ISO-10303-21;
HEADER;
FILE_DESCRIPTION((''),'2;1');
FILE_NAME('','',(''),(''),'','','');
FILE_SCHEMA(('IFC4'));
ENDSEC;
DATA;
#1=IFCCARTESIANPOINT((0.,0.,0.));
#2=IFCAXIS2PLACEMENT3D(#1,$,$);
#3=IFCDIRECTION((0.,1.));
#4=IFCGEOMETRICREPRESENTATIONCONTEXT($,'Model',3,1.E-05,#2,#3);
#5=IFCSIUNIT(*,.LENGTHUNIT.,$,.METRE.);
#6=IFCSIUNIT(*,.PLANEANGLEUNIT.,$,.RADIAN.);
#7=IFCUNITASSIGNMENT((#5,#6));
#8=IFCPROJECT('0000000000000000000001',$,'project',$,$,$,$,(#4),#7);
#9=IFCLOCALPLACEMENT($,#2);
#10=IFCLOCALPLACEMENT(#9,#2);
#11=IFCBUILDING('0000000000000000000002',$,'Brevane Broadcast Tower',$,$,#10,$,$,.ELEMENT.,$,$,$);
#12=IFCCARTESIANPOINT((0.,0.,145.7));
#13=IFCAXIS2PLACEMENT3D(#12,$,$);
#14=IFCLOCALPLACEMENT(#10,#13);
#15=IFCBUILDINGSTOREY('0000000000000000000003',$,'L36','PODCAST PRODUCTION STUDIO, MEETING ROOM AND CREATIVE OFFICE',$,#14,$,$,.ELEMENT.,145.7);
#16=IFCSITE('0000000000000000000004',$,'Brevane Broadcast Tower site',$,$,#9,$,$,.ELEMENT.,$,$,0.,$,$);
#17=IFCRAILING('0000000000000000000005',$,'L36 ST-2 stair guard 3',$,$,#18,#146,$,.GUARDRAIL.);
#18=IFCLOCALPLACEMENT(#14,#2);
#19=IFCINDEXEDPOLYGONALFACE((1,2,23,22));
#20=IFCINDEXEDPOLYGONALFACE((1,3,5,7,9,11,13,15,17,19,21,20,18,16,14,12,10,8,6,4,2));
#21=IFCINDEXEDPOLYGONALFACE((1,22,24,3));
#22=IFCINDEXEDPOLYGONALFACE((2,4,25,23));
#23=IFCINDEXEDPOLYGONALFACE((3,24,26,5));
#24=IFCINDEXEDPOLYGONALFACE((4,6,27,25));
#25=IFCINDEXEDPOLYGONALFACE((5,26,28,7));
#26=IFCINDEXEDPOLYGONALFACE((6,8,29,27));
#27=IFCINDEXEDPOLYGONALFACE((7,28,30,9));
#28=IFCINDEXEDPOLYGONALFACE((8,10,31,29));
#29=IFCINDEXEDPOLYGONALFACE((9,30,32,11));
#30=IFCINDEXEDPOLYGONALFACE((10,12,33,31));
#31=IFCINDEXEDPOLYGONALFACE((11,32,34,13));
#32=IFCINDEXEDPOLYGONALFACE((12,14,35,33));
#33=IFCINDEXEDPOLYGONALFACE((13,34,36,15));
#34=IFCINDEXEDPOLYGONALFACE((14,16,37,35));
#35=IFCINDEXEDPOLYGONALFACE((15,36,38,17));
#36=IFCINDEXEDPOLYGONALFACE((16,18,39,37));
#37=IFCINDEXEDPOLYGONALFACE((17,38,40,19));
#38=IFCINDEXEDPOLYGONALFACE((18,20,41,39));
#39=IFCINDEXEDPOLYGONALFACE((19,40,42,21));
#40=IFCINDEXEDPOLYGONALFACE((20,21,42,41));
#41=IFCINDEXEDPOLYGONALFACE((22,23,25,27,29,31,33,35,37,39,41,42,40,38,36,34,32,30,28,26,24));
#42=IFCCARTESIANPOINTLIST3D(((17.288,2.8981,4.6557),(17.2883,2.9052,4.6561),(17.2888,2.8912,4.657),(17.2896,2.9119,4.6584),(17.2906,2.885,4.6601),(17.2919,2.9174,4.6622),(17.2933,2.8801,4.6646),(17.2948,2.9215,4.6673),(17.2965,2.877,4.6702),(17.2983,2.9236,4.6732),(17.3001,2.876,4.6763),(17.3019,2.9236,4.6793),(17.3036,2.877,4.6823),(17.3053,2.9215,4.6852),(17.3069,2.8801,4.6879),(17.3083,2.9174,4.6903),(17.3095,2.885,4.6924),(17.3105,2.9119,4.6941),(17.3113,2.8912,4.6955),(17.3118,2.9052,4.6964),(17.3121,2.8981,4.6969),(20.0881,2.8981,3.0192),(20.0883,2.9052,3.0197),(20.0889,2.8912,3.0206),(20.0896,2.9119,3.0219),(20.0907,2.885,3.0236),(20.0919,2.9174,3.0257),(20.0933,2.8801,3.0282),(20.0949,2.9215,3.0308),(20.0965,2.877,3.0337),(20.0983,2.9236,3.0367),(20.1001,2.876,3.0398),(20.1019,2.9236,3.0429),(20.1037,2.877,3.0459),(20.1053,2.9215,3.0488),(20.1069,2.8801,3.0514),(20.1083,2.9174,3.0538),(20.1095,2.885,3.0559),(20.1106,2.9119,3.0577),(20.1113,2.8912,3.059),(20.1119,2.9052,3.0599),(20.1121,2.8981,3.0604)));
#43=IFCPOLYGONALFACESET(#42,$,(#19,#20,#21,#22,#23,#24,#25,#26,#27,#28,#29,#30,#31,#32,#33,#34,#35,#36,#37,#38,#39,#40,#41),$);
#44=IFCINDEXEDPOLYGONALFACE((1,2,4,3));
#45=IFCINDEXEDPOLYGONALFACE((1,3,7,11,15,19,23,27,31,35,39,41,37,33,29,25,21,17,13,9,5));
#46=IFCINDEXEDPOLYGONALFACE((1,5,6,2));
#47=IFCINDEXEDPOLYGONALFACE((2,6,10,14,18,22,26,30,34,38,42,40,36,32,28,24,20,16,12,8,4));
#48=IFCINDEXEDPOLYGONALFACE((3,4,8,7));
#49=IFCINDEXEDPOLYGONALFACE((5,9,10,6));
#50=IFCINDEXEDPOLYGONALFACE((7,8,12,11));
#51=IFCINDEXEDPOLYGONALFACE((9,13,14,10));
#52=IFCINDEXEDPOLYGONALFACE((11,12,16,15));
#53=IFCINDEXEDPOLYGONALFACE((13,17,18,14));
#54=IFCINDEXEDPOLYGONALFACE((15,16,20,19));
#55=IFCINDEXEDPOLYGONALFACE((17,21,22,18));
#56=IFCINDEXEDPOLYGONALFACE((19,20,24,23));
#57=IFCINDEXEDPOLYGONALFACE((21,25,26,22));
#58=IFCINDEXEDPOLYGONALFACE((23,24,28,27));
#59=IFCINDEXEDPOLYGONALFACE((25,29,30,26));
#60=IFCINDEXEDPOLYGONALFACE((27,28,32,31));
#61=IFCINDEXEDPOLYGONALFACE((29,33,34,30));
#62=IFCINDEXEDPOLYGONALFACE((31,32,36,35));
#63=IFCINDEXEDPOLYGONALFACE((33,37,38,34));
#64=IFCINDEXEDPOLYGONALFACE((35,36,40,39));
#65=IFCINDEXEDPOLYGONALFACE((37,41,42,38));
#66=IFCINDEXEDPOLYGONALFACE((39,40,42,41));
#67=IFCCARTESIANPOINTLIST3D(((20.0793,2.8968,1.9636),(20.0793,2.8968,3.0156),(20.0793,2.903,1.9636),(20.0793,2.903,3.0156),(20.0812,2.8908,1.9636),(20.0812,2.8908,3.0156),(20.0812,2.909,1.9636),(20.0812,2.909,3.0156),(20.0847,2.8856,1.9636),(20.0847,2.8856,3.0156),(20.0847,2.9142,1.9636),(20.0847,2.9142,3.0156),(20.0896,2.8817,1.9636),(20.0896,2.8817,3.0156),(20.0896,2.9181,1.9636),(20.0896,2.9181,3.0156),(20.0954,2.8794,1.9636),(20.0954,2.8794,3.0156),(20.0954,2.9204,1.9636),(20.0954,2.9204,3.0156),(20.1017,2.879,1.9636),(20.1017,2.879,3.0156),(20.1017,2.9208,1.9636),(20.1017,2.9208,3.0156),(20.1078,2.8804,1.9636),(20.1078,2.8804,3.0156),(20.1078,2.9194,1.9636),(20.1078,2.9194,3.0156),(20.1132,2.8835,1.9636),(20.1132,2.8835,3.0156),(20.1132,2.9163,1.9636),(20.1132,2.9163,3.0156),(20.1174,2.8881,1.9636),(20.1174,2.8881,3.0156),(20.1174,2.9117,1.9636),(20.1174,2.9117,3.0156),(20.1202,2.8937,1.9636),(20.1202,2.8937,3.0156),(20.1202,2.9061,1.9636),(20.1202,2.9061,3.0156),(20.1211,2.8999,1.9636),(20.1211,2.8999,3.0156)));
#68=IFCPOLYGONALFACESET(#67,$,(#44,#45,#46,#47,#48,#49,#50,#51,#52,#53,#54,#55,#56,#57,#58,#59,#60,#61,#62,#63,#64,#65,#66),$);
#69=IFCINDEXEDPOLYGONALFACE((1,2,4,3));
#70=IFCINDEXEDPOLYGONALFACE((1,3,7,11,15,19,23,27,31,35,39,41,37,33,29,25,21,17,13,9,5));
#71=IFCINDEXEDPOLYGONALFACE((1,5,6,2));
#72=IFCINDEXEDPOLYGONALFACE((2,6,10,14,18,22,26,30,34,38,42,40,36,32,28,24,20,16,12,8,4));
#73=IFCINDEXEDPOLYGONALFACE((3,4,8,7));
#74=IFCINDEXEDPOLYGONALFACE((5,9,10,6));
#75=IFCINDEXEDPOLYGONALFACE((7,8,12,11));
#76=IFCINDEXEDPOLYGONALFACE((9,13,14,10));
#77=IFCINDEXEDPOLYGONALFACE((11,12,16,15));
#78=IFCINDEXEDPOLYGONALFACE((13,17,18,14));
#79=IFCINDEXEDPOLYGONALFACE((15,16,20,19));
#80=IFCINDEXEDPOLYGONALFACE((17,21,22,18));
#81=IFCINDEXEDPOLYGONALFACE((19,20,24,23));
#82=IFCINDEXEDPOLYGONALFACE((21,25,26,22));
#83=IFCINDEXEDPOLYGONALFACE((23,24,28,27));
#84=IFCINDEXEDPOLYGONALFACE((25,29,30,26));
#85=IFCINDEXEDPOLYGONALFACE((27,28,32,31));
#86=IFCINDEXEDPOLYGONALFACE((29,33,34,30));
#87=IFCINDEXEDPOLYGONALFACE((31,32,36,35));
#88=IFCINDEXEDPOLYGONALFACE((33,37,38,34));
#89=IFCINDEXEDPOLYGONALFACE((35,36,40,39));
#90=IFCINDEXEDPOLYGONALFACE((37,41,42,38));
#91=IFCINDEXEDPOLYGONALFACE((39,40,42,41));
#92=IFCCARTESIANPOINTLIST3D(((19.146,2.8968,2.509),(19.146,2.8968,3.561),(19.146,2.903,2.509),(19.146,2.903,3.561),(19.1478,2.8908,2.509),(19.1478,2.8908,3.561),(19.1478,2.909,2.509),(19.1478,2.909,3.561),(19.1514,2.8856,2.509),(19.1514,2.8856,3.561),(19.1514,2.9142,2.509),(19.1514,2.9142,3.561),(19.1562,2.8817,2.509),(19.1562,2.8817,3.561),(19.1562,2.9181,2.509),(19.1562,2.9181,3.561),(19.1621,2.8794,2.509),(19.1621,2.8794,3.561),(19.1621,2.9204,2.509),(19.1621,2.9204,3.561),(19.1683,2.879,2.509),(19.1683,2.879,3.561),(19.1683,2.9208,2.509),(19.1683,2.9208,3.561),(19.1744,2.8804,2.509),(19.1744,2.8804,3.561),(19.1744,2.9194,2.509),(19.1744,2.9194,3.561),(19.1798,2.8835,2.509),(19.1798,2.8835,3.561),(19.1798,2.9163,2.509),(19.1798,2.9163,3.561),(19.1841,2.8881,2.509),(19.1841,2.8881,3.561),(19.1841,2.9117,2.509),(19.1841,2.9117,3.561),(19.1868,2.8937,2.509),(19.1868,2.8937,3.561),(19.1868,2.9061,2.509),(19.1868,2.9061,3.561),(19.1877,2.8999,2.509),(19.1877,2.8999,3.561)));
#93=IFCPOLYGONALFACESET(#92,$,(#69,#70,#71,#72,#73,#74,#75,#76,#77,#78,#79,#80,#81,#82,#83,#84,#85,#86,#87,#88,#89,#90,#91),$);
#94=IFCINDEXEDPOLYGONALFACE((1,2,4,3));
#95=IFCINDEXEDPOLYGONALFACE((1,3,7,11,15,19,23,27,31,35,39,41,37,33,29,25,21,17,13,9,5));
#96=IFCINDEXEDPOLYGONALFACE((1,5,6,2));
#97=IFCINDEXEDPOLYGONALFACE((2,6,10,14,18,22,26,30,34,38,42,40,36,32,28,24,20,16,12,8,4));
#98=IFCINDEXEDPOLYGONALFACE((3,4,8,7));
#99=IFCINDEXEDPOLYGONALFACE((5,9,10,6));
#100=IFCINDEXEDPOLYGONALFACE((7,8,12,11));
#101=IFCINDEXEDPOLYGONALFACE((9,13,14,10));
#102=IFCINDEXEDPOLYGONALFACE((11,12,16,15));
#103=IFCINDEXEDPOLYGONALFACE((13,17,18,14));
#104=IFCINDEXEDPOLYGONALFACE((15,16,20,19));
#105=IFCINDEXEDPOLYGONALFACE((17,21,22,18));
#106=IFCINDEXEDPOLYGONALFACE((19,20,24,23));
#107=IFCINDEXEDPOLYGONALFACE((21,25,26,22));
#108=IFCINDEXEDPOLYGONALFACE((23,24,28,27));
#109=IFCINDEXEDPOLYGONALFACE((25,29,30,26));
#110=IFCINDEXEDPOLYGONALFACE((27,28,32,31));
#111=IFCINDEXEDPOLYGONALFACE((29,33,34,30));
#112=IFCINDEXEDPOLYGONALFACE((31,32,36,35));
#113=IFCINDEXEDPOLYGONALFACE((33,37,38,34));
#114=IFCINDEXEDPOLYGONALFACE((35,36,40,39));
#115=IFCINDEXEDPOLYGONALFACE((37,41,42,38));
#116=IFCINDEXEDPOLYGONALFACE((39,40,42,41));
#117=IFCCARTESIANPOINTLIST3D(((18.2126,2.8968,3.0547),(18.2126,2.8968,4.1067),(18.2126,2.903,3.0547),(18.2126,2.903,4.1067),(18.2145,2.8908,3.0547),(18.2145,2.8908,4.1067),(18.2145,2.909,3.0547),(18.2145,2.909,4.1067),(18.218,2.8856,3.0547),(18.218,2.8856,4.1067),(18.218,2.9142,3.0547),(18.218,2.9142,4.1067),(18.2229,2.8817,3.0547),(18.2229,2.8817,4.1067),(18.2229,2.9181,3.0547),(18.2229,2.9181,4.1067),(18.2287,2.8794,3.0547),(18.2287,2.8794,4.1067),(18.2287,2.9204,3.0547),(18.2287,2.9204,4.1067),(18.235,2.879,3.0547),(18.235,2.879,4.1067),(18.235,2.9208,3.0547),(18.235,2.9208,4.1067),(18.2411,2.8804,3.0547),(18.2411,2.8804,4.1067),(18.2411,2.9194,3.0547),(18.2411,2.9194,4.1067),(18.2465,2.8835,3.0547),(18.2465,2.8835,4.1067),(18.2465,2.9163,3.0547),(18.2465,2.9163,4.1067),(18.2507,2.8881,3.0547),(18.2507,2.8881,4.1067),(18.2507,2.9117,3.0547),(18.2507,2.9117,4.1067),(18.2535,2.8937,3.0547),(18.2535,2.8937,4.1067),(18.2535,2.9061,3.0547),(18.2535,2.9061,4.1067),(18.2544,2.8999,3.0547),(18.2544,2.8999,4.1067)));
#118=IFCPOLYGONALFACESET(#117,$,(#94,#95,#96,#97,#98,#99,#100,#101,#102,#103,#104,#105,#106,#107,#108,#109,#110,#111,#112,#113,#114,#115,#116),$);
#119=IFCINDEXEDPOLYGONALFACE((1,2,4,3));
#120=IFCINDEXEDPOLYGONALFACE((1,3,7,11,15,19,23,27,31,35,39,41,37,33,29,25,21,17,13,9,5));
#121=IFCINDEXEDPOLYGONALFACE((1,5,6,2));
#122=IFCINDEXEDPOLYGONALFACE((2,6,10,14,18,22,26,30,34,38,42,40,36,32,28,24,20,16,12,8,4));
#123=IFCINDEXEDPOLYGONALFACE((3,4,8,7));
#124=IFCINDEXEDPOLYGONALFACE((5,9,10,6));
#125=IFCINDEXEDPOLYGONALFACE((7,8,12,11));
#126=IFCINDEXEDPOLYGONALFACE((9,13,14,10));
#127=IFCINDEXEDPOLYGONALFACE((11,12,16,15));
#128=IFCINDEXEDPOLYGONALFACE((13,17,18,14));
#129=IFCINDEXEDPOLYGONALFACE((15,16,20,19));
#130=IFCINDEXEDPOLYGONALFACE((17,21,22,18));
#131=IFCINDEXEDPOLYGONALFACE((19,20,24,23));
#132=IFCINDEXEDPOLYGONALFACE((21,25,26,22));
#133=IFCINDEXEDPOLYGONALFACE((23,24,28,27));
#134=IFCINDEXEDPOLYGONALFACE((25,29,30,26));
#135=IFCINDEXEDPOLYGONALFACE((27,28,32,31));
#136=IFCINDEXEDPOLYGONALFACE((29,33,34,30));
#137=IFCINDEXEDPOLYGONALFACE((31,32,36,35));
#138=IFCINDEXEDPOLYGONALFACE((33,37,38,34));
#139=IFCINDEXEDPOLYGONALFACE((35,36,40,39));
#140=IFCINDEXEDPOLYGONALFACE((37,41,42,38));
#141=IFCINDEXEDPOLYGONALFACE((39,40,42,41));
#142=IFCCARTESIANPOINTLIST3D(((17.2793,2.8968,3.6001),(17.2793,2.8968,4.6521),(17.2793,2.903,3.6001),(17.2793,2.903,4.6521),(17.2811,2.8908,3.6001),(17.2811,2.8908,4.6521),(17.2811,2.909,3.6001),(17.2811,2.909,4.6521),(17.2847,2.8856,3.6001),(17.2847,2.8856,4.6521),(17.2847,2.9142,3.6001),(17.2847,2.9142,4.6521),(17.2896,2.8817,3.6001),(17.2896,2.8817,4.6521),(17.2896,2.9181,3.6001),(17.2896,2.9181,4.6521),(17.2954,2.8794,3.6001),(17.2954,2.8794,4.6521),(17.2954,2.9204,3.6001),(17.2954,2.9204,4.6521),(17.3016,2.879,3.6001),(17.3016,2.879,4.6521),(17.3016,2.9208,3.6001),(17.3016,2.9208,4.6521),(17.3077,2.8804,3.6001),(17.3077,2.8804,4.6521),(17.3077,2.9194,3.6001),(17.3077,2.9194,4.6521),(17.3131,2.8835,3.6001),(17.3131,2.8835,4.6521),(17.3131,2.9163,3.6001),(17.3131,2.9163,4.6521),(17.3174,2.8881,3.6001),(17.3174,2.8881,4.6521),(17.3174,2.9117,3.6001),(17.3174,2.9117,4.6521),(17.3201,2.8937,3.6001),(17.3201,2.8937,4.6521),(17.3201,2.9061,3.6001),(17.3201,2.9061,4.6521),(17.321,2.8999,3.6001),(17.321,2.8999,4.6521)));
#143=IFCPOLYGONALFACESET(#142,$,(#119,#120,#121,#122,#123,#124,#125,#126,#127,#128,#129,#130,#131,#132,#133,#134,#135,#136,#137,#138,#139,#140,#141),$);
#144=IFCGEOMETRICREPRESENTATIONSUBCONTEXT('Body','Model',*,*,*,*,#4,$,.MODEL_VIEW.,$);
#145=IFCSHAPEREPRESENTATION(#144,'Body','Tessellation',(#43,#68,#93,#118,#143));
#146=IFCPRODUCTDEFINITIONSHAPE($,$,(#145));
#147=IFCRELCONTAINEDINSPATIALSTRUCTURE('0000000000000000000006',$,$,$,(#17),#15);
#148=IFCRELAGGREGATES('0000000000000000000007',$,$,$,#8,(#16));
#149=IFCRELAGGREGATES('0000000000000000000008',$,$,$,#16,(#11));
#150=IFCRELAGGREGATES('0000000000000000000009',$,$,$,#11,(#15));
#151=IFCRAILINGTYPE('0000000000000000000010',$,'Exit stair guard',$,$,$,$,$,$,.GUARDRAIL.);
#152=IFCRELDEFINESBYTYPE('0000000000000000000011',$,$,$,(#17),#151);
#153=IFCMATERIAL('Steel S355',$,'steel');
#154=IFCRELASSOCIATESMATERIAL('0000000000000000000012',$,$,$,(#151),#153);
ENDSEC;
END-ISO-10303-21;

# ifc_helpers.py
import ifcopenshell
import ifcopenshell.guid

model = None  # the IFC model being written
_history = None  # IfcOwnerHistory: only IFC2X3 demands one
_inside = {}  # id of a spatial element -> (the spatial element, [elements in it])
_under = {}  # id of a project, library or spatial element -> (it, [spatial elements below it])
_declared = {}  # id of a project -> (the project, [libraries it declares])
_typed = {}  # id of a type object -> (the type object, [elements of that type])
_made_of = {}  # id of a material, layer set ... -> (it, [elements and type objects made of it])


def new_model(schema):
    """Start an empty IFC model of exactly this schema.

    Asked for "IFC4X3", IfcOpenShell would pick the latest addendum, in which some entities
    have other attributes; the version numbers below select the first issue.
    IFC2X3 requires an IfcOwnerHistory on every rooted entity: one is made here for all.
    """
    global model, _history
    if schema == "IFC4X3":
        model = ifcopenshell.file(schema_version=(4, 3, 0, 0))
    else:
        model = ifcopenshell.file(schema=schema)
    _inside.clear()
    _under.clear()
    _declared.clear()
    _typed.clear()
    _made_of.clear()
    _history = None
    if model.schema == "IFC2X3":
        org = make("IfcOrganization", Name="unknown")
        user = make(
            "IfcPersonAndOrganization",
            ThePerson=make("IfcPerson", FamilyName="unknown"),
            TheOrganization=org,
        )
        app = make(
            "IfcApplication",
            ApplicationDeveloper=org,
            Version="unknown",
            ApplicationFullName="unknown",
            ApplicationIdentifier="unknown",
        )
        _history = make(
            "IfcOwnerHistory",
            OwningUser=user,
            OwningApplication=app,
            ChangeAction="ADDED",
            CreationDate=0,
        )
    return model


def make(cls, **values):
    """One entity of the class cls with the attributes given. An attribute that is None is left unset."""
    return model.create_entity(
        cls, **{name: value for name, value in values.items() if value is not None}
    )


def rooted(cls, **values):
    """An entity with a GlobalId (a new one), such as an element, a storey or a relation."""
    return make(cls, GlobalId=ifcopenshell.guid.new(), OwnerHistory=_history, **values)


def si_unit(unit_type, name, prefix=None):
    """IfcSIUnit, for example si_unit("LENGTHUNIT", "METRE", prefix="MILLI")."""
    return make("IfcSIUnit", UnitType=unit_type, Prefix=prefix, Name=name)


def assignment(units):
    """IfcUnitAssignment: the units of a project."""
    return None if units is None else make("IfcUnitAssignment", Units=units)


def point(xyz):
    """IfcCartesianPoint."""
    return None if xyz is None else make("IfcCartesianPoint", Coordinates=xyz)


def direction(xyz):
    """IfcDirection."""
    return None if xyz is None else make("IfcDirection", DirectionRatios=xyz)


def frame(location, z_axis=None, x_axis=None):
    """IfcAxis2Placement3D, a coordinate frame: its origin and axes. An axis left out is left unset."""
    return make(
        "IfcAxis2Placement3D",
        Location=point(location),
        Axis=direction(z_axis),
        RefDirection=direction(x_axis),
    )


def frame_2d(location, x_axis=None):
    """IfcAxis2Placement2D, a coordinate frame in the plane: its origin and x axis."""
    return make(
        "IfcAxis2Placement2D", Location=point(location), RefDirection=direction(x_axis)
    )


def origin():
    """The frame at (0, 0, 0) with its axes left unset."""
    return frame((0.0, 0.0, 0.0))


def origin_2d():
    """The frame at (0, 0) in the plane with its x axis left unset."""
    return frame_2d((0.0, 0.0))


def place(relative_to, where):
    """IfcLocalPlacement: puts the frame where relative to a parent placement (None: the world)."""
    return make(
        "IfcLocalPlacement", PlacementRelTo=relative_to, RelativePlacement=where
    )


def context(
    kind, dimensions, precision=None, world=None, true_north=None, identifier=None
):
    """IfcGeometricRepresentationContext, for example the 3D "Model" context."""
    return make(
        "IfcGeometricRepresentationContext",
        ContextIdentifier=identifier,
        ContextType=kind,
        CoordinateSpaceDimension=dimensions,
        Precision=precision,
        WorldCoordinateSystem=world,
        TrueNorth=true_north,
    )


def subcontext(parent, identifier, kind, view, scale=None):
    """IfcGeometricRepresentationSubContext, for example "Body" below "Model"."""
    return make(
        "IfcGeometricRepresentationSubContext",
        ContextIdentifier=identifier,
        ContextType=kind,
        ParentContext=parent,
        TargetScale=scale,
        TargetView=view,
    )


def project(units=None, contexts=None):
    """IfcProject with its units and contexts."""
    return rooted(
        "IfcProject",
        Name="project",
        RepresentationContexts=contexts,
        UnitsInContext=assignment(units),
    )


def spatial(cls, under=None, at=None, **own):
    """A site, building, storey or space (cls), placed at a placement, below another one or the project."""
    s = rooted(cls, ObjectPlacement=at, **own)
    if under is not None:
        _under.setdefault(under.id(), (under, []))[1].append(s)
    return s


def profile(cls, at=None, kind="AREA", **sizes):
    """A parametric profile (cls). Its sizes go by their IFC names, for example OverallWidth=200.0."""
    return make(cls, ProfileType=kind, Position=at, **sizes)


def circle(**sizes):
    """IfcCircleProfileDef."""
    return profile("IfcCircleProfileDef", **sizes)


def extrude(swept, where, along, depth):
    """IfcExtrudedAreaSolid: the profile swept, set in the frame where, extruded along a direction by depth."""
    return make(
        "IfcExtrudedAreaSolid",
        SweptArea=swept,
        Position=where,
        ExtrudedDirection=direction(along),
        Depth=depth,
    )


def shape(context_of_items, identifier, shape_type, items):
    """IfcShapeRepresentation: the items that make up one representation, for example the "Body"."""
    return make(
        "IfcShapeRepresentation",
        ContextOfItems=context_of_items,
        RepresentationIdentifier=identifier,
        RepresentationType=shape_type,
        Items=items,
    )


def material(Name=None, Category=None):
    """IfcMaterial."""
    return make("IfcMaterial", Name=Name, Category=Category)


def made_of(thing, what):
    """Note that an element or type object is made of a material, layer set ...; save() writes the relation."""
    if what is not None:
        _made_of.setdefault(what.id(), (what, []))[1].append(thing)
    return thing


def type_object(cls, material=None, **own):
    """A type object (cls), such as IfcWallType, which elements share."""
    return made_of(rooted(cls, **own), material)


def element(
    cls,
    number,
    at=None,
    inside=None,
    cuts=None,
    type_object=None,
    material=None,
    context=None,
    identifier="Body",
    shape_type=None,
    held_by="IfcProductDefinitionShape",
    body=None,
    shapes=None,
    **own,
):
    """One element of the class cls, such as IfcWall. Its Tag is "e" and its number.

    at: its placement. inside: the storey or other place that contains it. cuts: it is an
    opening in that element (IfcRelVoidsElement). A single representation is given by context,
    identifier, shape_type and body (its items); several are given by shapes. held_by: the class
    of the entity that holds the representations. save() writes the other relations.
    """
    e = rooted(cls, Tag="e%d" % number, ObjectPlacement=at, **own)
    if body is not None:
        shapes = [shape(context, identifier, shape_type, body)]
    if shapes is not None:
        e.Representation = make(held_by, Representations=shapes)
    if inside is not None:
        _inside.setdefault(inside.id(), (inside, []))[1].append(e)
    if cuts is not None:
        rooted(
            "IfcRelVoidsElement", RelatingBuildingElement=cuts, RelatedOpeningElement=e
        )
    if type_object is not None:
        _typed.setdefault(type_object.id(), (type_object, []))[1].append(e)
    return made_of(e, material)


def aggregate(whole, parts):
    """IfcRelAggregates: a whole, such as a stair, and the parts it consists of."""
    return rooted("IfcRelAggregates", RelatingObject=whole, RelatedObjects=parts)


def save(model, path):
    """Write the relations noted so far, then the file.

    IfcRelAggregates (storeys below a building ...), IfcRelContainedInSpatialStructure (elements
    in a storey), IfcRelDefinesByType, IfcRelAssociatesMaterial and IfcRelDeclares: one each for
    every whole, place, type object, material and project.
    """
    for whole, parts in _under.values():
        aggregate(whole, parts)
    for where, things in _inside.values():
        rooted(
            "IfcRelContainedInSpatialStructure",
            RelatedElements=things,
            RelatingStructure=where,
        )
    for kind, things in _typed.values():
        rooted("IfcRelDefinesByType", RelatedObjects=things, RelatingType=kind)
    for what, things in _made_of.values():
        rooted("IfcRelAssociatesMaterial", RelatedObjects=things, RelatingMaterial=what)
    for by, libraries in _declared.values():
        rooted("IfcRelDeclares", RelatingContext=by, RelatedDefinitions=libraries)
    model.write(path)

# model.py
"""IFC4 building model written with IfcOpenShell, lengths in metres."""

from ifc_helpers import new_model, si_unit, direction, frame, origin, origin_2d, place, context, subcontext, project, spatial, circle, extrude, material, type_object, element, save


model = new_model("IFC4")

# Units and contexts
model_context = context("Model", 3, precision=1e-05, world=origin(), true_north=direction((0.0, 1.0)))
body_context = subcontext(model_context, "Body", "Model", "MODEL_VIEW")
ifc_project = project(units=[si_unit("LENGTHUNIT", "METRE"), si_unit("PLANEANGLEUNIT", "RADIAN")], contexts=[model_context])

# Site, building, storey
site_placement = place(None, origin())
site = spatial("IfcSite", under=ifc_project, at=site_placement, Name="Brevane Broadcast Tower site", CompositionType="ELEMENT", RefElevation=0.0)
building_placement = place(site_placement, origin())
building = spatial("IfcBuilding", under=site, at=building_placement, Name="Brevane Broadcast Tower", CompositionType="ELEMENT")
storey_placement = place(building_placement, frame((0.0, 0.0, 145.7)))
storey = spatial("IfcBuildingStorey", under=building, at=storey_placement, Name="L36", Description="PODCAST PRODUCTION STUDIO, MEETING ROOM AND CREATIVE OFFICE", CompositionType="ELEMENT", Elevation=145.7)

# Railing
ifc_material_1 = material(Name="Steel S355", Category="steel")
railing_type = type_object("IfcRailingType", Name="Exit stair guard", PredefinedType="GUARDRAIL", material=ifc_material_1)
railing_placement = place(storey_placement, frame((20.1001, 2.8999, 1.9636)))
element("IfcRailing", 1, at=railing_placement, inside=storey, type_object=railing_type, Name="L36 ST-2 stair guard 3", PredefinedType="GUARDRAIL", context=body_context, shape_type="SweptSolid", body=[
    extrude(circle(Radius=0.0239, at=origin_2d()), frame((0.0, 0.0, 1.0762), z_axis=(-0.863361, 0.0, 0.504587), x_axis=(0.0, -1.0, 0.0)), (0.0, 0.0, 1.0), 3.2432),
    extrude(circle(Radius=0.021, at=origin_2d()), origin(), (0.0, 0.0, 1.0), 1.052),
    extrude(circle(Radius=0.021, at=origin_2d()), frame((-0.9333, 0.0, 0.5454)), (0.0, 0.0, 1.0), 1.052),
    extrude(circle(Radius=0.021, at=origin_2d()), frame((-1.8667, 0.0, 1.0911)), (0.0, 0.0, 1.0), 1.052),
    extrude(circle(Radius=0.021, at=origin_2d()), frame((-2.8, 0.0, 1.6365)), (0.0, 0.0, 1.0), 1.052),
])

save(model, "model.ifc")
